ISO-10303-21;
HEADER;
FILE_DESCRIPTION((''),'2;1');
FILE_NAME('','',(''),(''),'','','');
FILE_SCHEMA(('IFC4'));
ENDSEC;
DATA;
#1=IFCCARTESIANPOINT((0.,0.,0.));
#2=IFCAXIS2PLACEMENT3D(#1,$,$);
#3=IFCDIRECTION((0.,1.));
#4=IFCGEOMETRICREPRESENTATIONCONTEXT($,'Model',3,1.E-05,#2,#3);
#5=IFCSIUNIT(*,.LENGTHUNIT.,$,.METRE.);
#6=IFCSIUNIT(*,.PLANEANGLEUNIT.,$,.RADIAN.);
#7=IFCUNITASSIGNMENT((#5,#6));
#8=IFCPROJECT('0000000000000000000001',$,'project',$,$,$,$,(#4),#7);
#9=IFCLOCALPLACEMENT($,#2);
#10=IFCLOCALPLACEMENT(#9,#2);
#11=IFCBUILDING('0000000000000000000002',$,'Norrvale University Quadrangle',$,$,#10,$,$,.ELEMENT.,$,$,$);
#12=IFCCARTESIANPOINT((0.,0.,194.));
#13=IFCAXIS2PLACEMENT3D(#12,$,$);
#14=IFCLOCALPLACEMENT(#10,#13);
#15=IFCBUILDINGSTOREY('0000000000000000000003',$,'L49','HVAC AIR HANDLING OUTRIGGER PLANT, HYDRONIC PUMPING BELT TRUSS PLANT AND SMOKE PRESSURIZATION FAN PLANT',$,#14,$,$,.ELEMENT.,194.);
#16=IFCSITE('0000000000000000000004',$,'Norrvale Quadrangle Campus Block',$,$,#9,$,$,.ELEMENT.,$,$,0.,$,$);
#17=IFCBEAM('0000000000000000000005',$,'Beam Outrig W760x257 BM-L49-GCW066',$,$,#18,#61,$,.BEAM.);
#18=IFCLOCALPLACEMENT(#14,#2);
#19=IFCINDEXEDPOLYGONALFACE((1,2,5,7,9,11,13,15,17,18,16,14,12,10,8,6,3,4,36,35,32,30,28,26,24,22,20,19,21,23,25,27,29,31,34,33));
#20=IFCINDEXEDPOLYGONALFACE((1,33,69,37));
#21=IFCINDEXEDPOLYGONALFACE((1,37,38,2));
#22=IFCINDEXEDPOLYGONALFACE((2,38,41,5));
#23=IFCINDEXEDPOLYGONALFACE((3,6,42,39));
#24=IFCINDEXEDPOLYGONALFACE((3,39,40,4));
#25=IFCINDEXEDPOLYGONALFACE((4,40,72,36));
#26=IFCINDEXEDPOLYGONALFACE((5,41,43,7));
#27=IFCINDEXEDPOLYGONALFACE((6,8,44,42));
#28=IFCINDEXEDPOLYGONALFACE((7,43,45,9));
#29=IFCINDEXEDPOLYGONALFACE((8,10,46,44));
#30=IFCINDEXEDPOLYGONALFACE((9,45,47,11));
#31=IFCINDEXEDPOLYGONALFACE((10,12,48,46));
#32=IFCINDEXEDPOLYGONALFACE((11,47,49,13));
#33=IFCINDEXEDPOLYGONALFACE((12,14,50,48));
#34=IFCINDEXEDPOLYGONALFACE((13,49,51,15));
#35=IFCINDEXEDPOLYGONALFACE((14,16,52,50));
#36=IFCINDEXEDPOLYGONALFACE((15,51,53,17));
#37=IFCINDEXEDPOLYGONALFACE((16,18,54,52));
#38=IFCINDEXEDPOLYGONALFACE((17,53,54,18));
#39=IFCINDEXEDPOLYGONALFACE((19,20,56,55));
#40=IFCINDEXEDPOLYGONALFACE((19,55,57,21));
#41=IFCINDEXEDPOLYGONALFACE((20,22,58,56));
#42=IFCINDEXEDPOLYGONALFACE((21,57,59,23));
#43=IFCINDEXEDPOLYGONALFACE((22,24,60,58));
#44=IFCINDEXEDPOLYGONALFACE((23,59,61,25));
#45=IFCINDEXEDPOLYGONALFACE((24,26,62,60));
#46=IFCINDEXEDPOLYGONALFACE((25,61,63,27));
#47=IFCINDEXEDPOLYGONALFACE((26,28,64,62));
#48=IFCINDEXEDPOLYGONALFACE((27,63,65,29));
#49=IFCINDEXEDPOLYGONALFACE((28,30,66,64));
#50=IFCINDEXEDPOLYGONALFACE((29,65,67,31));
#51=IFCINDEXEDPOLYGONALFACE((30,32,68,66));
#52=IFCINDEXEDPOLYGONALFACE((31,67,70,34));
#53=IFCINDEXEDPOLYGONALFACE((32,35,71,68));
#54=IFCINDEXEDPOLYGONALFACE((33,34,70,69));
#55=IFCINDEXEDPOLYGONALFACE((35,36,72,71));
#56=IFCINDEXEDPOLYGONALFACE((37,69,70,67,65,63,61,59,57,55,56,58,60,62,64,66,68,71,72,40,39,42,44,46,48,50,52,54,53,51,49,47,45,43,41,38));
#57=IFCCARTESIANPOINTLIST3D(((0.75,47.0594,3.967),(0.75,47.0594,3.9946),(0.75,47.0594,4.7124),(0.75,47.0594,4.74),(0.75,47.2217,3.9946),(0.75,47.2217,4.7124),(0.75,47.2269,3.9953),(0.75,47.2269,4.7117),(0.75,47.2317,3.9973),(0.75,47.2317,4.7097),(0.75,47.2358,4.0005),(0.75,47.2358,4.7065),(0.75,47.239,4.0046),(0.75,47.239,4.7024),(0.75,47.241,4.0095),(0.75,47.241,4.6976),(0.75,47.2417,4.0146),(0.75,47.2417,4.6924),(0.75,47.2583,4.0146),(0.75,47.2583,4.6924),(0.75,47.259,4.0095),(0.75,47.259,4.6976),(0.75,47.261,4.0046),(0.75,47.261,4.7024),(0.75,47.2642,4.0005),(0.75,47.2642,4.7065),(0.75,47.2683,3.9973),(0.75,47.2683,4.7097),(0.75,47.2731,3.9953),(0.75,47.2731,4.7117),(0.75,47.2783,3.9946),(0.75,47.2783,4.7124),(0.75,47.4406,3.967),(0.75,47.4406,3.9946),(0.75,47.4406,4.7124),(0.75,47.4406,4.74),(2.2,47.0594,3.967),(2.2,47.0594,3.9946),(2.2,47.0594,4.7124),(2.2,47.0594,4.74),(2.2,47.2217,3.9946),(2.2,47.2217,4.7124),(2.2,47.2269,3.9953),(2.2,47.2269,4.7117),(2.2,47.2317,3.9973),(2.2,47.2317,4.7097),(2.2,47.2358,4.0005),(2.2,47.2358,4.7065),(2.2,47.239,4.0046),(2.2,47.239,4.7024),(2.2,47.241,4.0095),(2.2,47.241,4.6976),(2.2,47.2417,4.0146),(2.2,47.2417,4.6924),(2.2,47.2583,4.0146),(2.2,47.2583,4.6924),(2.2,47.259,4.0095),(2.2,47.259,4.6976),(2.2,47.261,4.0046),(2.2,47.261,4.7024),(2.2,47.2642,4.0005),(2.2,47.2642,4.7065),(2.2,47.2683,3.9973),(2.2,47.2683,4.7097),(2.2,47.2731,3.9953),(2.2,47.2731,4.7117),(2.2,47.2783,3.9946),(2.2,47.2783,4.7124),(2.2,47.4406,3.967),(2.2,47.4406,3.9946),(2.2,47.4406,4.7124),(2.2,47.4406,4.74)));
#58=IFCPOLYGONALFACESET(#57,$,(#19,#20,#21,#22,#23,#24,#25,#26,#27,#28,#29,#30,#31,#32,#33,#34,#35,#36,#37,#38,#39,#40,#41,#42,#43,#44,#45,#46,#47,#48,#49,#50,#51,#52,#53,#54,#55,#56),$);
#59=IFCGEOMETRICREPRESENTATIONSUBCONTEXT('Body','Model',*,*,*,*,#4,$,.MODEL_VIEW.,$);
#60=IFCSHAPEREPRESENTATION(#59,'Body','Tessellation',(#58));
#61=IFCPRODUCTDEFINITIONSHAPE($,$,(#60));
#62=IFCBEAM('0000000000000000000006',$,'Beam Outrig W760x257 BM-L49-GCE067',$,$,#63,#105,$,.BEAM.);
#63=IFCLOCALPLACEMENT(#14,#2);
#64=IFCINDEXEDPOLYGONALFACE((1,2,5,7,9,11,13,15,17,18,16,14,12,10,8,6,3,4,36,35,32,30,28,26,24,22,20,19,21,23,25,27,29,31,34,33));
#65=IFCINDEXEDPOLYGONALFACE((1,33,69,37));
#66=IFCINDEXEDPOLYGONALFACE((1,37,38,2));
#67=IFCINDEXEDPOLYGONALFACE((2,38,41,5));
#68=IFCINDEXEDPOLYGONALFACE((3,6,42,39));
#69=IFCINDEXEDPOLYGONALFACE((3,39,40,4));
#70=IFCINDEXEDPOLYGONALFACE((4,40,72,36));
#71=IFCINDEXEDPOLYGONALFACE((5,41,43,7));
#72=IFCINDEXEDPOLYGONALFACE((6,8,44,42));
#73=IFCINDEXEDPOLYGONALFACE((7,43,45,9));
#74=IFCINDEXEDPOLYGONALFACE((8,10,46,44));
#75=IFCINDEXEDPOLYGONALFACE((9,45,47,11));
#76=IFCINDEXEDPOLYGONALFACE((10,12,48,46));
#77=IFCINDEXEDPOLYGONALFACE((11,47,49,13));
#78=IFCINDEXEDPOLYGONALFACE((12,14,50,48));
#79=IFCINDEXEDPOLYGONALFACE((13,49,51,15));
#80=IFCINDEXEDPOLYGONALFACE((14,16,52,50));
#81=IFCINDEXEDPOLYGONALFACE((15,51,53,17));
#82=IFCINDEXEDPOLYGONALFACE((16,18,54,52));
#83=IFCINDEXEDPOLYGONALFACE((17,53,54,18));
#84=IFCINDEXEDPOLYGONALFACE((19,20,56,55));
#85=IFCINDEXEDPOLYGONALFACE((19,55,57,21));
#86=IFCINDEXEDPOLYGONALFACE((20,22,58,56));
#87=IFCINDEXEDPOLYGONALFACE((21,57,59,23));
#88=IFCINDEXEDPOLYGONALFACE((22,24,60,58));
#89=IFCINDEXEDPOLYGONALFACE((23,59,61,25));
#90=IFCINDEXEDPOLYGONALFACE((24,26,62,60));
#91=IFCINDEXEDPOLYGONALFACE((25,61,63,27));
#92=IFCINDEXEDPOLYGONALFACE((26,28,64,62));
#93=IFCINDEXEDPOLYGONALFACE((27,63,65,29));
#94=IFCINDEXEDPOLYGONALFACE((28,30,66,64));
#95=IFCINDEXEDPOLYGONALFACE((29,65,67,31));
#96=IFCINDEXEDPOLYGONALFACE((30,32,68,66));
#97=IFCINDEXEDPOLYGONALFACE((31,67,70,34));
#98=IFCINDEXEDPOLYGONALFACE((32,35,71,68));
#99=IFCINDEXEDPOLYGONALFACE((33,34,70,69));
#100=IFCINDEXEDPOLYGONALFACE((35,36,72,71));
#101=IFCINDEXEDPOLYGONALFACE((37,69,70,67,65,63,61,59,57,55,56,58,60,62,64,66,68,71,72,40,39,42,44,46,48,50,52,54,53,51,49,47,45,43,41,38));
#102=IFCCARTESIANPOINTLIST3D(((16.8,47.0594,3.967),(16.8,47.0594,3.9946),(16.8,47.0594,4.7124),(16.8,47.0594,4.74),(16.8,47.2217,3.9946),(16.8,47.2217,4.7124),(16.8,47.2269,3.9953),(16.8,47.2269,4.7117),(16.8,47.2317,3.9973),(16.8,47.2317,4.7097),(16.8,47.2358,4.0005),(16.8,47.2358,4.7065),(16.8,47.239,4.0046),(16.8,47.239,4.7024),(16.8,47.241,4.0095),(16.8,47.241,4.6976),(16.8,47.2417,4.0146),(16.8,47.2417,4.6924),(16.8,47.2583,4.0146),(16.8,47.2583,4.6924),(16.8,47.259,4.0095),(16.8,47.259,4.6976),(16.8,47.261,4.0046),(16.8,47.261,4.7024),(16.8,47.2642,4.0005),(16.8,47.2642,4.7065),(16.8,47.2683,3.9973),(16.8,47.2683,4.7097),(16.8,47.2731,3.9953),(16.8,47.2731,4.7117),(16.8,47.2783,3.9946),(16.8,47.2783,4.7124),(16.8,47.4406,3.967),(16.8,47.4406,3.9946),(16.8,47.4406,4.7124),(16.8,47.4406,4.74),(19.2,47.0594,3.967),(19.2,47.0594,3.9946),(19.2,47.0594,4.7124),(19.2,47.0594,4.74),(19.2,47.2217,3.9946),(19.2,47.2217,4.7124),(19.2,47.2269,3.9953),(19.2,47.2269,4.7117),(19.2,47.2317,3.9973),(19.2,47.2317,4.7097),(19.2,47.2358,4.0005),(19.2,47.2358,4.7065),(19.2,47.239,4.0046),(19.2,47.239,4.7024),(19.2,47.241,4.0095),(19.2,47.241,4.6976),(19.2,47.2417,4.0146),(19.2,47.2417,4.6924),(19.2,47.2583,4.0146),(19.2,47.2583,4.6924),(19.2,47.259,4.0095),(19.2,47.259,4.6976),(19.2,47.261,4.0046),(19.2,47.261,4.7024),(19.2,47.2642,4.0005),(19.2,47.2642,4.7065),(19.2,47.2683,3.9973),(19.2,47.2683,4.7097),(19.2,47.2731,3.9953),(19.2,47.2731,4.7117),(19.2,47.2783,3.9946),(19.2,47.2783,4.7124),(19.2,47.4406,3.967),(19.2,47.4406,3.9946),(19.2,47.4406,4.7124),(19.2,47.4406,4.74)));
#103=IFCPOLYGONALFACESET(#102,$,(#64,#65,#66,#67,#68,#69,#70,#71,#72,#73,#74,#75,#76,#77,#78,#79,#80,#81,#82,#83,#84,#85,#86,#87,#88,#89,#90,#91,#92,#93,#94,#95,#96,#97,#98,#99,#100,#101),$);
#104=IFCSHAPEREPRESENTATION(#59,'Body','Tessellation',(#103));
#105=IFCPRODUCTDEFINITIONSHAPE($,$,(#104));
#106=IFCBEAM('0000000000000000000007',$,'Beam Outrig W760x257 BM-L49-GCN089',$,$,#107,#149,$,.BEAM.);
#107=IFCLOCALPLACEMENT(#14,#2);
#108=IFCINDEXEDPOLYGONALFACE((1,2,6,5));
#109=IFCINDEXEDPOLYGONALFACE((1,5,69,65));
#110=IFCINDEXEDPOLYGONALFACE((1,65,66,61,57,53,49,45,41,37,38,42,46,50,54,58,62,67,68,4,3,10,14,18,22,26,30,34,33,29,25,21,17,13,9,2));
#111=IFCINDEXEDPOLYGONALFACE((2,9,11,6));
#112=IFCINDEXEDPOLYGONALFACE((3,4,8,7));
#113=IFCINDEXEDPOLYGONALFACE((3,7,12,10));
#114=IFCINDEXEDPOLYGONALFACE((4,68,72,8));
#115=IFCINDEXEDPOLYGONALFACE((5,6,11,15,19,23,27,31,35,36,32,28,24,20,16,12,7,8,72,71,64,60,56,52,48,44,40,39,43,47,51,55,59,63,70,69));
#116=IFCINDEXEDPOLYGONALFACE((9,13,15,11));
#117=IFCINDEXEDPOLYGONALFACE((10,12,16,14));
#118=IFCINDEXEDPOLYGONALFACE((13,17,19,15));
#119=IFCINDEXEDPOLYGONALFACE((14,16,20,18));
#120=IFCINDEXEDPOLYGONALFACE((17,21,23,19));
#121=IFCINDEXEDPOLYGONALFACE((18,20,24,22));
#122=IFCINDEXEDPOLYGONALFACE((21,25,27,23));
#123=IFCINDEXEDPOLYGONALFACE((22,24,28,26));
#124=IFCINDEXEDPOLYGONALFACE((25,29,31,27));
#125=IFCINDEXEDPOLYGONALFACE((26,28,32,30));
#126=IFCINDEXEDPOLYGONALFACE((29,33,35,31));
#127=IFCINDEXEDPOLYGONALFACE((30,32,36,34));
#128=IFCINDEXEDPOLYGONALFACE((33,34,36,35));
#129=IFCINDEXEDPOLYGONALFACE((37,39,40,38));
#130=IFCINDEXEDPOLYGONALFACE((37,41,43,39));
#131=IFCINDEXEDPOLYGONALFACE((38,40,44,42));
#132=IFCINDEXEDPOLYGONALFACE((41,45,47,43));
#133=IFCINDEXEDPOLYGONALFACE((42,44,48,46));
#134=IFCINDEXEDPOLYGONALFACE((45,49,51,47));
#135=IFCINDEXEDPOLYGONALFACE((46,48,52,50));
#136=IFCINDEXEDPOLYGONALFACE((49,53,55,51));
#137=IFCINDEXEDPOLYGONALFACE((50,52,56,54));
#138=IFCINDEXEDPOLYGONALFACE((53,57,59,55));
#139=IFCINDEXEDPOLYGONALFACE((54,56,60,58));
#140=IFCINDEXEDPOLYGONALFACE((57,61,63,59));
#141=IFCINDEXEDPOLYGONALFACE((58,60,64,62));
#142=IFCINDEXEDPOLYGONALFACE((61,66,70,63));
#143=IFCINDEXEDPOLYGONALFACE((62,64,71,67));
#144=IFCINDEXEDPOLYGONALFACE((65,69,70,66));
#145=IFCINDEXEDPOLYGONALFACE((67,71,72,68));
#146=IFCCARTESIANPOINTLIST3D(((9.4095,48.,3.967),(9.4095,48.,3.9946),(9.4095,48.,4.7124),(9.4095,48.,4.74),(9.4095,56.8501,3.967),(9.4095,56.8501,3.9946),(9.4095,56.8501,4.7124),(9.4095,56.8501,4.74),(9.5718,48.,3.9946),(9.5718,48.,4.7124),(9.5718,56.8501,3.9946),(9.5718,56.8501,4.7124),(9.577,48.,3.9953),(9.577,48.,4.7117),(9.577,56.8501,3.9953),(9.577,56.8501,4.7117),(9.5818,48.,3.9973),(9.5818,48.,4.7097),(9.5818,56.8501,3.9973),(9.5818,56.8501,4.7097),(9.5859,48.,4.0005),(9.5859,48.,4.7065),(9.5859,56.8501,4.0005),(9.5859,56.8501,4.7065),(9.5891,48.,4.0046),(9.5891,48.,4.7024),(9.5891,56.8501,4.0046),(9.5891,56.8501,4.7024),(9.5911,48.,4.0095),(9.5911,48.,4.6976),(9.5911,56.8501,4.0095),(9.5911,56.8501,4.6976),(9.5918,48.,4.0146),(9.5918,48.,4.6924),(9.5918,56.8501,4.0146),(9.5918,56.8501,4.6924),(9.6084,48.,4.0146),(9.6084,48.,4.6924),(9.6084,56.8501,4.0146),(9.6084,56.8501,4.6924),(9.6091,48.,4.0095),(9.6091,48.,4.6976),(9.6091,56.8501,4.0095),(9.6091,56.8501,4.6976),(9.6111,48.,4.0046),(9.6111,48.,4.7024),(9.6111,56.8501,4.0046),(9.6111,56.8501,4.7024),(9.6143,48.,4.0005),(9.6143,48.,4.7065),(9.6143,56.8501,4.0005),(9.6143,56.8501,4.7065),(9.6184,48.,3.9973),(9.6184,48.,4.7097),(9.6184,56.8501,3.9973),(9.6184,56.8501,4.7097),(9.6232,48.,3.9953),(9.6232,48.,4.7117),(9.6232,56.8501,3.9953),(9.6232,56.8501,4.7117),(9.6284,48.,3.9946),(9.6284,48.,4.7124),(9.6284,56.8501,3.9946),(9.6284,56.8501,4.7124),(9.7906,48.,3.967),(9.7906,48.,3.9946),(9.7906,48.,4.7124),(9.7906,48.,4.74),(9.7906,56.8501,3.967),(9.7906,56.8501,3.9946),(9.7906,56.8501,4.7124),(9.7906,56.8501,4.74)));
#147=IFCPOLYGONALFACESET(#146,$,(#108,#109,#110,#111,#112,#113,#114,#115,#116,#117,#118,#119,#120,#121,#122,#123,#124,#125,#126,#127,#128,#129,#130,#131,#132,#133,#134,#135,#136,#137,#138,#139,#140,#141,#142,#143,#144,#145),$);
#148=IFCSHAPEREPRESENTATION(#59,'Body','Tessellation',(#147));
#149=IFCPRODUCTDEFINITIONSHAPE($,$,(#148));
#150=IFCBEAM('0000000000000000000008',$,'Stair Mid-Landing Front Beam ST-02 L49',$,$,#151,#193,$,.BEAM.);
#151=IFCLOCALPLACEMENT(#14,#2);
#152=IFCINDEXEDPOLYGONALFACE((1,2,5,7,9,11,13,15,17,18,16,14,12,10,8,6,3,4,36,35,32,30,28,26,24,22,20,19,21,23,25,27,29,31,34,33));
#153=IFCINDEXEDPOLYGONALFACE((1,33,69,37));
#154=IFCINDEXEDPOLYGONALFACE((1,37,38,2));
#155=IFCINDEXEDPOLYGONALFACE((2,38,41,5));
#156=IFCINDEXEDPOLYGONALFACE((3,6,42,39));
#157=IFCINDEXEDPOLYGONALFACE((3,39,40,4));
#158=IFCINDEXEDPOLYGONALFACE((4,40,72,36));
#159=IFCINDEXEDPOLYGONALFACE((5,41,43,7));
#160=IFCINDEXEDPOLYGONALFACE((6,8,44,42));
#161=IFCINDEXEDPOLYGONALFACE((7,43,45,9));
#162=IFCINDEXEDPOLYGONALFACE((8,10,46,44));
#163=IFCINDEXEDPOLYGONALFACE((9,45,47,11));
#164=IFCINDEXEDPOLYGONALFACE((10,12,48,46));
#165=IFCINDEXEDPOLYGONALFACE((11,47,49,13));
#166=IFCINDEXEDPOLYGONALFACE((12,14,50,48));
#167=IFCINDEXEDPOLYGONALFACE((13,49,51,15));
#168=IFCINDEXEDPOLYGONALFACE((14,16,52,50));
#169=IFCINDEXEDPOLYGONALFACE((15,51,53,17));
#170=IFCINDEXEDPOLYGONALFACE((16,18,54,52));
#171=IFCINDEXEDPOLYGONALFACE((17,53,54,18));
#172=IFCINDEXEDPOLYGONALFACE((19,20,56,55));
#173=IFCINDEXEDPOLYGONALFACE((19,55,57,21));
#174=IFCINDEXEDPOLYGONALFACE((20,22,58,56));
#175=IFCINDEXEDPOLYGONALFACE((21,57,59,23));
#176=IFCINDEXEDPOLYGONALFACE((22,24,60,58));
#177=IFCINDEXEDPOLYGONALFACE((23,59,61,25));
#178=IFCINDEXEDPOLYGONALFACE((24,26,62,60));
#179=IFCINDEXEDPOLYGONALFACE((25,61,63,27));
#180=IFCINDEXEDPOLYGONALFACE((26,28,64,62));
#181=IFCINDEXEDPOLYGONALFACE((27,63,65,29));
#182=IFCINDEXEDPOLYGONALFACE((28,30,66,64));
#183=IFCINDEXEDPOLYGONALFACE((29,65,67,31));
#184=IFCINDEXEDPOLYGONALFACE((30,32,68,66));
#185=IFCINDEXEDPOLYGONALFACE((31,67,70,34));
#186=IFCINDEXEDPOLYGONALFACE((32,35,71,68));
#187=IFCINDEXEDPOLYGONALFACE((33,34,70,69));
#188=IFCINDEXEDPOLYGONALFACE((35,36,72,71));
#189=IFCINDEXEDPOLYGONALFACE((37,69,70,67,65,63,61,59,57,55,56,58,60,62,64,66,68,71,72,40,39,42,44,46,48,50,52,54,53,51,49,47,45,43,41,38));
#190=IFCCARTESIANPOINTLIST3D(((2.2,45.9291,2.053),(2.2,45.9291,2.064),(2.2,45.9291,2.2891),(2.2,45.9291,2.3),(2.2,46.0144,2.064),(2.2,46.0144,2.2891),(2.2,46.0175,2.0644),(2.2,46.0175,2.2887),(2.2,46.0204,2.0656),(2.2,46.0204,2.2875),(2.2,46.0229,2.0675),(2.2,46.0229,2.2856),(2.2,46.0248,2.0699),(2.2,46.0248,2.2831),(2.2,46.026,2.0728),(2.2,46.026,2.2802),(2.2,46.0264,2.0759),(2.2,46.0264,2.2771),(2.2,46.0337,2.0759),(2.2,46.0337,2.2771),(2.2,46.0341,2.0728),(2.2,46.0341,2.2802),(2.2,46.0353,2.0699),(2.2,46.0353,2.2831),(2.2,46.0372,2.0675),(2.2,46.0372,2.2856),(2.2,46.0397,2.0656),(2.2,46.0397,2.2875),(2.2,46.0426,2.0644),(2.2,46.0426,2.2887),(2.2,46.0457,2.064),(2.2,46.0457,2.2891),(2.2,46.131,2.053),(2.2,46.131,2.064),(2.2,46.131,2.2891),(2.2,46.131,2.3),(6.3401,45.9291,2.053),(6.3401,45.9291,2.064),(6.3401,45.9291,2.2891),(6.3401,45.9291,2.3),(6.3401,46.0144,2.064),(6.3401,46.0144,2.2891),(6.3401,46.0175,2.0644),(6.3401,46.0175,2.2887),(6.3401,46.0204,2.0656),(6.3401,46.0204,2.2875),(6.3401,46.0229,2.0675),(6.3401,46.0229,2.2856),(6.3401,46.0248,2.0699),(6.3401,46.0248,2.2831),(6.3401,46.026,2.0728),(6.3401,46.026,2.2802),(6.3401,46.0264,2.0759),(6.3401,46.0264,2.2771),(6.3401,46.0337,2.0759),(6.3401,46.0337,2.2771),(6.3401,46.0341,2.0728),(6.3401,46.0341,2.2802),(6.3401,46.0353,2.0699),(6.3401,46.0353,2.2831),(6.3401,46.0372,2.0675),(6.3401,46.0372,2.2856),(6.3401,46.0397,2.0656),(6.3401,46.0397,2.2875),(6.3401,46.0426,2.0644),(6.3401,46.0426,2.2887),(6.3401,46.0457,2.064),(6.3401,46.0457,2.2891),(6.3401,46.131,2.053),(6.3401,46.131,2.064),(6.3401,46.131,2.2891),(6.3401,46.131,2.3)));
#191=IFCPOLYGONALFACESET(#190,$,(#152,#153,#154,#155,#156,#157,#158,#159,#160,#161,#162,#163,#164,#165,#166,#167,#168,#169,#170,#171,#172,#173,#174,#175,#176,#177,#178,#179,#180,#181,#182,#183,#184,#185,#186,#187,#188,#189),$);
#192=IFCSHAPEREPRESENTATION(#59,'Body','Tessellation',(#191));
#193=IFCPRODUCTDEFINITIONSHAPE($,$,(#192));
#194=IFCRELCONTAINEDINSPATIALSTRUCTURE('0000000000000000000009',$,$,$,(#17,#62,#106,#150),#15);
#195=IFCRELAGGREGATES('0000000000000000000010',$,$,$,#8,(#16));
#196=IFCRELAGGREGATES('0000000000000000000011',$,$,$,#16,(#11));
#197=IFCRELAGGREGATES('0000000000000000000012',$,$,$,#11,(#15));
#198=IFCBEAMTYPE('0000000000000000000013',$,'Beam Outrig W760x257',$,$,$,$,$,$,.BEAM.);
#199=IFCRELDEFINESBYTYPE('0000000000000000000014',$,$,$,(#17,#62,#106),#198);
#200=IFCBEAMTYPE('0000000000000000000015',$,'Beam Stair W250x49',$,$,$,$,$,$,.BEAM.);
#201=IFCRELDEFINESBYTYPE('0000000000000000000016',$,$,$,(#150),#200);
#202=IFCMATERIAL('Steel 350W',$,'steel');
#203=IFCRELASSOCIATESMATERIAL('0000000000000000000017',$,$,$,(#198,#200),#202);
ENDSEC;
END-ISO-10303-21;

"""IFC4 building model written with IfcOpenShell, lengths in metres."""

from ifc_helpers import new_model, si_unit, direction, frame, origin, origin_2d, place, context, subcontext, project, spatial, i_section, extrude, material, material_profile, profile_set, type_object, element, save


model = new_model("IFC4")

# Units and contexts
model_context = context("Model", 3, precision=1e-05, world=origin(), true_north=direction((0.0, 1.0)))
body_context = subcontext(model_context, "Body", "Model", "MODEL_VIEW")
ifc_project = project(units=[si_unit("LENGTHUNIT", "METRE"), si_unit("PLANEANGLEUNIT", "RADIAN")], contexts=[model_context])

# Site, building, storey
site_placement = place(None, origin())
site = spatial("IfcSite", under=ifc_project, at=site_placement, Name="Norrvale Quadrangle Campus Block", CompositionType="ELEMENT", RefElevation=0.0)
building_placement = place(site_placement, origin())
building = spatial("IfcBuilding", under=site, at=building_placement, Name="Norrvale University Quadrangle", CompositionType="ELEMENT")
storey_placement = place(building_placement, frame((0.0, 0.0, 194.0)))
storey = spatial("IfcBuildingStorey", under=building, at=storey_placement, Name="L49", Description="HVAC AIR HANDLING OUTRIGGER PLANT, HYDRONIC PUMPING BELT TRUSS PLANT AND SMOKE PRESSURIZATION FAN PLANT", CompositionType="ELEMENT", Elevation=194.0)

# Beams
ifc_material_1 = material(Name="Steel 350W", Category="steel")
ifc_material_profile_1 = material_profile(ifc_material_1, i_section(OverallWidth=0.3811, OverallDepth=0.7729, WebThickness=0.0166, FlangeThickness=0.0276, FilletRadius=0.02, at=origin_2d()), Name="Steel 350W")
ifc_profile_set_1 = profile_set([ifc_material_profile_1], Name="Steel 350W")
beam_type_1 = type_object("IfcBeamType", Name="Beam Outrig W760x257", PredefinedType="BEAM", material=ifc_profile_set_1)
beam_1_placement = place(storey_placement, frame((0.75, 47.25, 4.3535), z_axis=(1.0, 0.0, 0.0), x_axis=(0.0, 1.0, 0.0)))
element("IfcBeam", 1, at=beam_1_placement, inside=storey, type_object=beam_type_1, Name="Beam Outrig W760x257 BM-L49-GCW066", PredefinedType="BEAM", context=body_context, shape_type="SweptSolid", body=[
    extrude(i_section(OverallWidth=0.3811, OverallDepth=0.7729, WebThickness=0.0166, FlangeThickness=0.0276, FilletRadius=0.02, at=origin_2d()), origin(), (0.0, 0.0, 1.0), 1.45),
])
beam_2_placement = place(storey_placement, frame((16.8, 47.25, 4.3535), z_axis=(1.0, 0.0, 0.0), x_axis=(0.0, 1.0, 0.0)))
element("IfcBeam", 2, at=beam_2_placement, inside=storey, type_object=beam_type_1, Name="Beam Outrig W760x257 BM-L49-GCE067", PredefinedType="BEAM", context=body_context, shape_type="SweptSolid", body=[
    extrude(i_section(OverallWidth=0.3811, OverallDepth=0.7729, WebThickness=0.0166, FlangeThickness=0.0276, FilletRadius=0.02, at=origin_2d()), origin(), (0.0, 0.0, 1.0), 2.3999),
])
beam_3_placement = place(storey_placement, frame((9.6001, 48.0, 4.3535), z_axis=(0.0, 1.0, 0.0), x_axis=(-1.0, 0.0, 0.0)))
element("IfcBeam", 3, at=beam_3_placement, inside=storey, type_object=beam_type_1, Name="Beam Outrig W760x257 BM-L49-GCN089", PredefinedType="BEAM", context=body_context, shape_type="SweptSolid", body=[
    extrude(i_section(OverallWidth=0.3811, OverallDepth=0.7729, WebThickness=0.0166, FlangeThickness=0.0276, FilletRadius=0.02, at=origin_2d()), origin(), (0.0, 0.0, 1.0), 8.8501),
])
ifc_material_profile_2 = material_profile(ifc_material_1, i_section(OverallWidth=0.2019, OverallDepth=0.2471, WebThickness=0.0073, FlangeThickness=0.011, FilletRadius=0.012, at=origin_2d()), Name="Steel 350W")
ifc_profile_set_2 = profile_set([ifc_material_profile_2], Name="Steel 350W")
beam_type_2 = type_object("IfcBeamType", Name="Beam Stair W250x49", PredefinedType="BEAM", material=ifc_profile_set_2)
for number, where, z_axis, x_axis, name in (
    (4, (2.2, 46.03, 2.1765), (1.0, 0.0, 0.0), (0.0, 1.0, 0.0), "Stair Mid-Landing Front Beam ST-02 L49"),
):
    element("IfcBeam", number, at=place(storey_placement, frame(where, z_axis=z_axis, x_axis=x_axis)), inside=storey, type_object=beam_type_2, Name=name, PredefinedType="BEAM", context=body_context, shape_type="SweptSolid", body=[
        extrude(i_section(OverallWidth=0.2019, OverallDepth=0.2471, WebThickness=0.0073, FlangeThickness=0.011, FilletRadius=0.012, at=origin_2d()), origin(), (0.0, 0.0, 1.0), 4.1401),
    ])

save(model, "model.ifc")
